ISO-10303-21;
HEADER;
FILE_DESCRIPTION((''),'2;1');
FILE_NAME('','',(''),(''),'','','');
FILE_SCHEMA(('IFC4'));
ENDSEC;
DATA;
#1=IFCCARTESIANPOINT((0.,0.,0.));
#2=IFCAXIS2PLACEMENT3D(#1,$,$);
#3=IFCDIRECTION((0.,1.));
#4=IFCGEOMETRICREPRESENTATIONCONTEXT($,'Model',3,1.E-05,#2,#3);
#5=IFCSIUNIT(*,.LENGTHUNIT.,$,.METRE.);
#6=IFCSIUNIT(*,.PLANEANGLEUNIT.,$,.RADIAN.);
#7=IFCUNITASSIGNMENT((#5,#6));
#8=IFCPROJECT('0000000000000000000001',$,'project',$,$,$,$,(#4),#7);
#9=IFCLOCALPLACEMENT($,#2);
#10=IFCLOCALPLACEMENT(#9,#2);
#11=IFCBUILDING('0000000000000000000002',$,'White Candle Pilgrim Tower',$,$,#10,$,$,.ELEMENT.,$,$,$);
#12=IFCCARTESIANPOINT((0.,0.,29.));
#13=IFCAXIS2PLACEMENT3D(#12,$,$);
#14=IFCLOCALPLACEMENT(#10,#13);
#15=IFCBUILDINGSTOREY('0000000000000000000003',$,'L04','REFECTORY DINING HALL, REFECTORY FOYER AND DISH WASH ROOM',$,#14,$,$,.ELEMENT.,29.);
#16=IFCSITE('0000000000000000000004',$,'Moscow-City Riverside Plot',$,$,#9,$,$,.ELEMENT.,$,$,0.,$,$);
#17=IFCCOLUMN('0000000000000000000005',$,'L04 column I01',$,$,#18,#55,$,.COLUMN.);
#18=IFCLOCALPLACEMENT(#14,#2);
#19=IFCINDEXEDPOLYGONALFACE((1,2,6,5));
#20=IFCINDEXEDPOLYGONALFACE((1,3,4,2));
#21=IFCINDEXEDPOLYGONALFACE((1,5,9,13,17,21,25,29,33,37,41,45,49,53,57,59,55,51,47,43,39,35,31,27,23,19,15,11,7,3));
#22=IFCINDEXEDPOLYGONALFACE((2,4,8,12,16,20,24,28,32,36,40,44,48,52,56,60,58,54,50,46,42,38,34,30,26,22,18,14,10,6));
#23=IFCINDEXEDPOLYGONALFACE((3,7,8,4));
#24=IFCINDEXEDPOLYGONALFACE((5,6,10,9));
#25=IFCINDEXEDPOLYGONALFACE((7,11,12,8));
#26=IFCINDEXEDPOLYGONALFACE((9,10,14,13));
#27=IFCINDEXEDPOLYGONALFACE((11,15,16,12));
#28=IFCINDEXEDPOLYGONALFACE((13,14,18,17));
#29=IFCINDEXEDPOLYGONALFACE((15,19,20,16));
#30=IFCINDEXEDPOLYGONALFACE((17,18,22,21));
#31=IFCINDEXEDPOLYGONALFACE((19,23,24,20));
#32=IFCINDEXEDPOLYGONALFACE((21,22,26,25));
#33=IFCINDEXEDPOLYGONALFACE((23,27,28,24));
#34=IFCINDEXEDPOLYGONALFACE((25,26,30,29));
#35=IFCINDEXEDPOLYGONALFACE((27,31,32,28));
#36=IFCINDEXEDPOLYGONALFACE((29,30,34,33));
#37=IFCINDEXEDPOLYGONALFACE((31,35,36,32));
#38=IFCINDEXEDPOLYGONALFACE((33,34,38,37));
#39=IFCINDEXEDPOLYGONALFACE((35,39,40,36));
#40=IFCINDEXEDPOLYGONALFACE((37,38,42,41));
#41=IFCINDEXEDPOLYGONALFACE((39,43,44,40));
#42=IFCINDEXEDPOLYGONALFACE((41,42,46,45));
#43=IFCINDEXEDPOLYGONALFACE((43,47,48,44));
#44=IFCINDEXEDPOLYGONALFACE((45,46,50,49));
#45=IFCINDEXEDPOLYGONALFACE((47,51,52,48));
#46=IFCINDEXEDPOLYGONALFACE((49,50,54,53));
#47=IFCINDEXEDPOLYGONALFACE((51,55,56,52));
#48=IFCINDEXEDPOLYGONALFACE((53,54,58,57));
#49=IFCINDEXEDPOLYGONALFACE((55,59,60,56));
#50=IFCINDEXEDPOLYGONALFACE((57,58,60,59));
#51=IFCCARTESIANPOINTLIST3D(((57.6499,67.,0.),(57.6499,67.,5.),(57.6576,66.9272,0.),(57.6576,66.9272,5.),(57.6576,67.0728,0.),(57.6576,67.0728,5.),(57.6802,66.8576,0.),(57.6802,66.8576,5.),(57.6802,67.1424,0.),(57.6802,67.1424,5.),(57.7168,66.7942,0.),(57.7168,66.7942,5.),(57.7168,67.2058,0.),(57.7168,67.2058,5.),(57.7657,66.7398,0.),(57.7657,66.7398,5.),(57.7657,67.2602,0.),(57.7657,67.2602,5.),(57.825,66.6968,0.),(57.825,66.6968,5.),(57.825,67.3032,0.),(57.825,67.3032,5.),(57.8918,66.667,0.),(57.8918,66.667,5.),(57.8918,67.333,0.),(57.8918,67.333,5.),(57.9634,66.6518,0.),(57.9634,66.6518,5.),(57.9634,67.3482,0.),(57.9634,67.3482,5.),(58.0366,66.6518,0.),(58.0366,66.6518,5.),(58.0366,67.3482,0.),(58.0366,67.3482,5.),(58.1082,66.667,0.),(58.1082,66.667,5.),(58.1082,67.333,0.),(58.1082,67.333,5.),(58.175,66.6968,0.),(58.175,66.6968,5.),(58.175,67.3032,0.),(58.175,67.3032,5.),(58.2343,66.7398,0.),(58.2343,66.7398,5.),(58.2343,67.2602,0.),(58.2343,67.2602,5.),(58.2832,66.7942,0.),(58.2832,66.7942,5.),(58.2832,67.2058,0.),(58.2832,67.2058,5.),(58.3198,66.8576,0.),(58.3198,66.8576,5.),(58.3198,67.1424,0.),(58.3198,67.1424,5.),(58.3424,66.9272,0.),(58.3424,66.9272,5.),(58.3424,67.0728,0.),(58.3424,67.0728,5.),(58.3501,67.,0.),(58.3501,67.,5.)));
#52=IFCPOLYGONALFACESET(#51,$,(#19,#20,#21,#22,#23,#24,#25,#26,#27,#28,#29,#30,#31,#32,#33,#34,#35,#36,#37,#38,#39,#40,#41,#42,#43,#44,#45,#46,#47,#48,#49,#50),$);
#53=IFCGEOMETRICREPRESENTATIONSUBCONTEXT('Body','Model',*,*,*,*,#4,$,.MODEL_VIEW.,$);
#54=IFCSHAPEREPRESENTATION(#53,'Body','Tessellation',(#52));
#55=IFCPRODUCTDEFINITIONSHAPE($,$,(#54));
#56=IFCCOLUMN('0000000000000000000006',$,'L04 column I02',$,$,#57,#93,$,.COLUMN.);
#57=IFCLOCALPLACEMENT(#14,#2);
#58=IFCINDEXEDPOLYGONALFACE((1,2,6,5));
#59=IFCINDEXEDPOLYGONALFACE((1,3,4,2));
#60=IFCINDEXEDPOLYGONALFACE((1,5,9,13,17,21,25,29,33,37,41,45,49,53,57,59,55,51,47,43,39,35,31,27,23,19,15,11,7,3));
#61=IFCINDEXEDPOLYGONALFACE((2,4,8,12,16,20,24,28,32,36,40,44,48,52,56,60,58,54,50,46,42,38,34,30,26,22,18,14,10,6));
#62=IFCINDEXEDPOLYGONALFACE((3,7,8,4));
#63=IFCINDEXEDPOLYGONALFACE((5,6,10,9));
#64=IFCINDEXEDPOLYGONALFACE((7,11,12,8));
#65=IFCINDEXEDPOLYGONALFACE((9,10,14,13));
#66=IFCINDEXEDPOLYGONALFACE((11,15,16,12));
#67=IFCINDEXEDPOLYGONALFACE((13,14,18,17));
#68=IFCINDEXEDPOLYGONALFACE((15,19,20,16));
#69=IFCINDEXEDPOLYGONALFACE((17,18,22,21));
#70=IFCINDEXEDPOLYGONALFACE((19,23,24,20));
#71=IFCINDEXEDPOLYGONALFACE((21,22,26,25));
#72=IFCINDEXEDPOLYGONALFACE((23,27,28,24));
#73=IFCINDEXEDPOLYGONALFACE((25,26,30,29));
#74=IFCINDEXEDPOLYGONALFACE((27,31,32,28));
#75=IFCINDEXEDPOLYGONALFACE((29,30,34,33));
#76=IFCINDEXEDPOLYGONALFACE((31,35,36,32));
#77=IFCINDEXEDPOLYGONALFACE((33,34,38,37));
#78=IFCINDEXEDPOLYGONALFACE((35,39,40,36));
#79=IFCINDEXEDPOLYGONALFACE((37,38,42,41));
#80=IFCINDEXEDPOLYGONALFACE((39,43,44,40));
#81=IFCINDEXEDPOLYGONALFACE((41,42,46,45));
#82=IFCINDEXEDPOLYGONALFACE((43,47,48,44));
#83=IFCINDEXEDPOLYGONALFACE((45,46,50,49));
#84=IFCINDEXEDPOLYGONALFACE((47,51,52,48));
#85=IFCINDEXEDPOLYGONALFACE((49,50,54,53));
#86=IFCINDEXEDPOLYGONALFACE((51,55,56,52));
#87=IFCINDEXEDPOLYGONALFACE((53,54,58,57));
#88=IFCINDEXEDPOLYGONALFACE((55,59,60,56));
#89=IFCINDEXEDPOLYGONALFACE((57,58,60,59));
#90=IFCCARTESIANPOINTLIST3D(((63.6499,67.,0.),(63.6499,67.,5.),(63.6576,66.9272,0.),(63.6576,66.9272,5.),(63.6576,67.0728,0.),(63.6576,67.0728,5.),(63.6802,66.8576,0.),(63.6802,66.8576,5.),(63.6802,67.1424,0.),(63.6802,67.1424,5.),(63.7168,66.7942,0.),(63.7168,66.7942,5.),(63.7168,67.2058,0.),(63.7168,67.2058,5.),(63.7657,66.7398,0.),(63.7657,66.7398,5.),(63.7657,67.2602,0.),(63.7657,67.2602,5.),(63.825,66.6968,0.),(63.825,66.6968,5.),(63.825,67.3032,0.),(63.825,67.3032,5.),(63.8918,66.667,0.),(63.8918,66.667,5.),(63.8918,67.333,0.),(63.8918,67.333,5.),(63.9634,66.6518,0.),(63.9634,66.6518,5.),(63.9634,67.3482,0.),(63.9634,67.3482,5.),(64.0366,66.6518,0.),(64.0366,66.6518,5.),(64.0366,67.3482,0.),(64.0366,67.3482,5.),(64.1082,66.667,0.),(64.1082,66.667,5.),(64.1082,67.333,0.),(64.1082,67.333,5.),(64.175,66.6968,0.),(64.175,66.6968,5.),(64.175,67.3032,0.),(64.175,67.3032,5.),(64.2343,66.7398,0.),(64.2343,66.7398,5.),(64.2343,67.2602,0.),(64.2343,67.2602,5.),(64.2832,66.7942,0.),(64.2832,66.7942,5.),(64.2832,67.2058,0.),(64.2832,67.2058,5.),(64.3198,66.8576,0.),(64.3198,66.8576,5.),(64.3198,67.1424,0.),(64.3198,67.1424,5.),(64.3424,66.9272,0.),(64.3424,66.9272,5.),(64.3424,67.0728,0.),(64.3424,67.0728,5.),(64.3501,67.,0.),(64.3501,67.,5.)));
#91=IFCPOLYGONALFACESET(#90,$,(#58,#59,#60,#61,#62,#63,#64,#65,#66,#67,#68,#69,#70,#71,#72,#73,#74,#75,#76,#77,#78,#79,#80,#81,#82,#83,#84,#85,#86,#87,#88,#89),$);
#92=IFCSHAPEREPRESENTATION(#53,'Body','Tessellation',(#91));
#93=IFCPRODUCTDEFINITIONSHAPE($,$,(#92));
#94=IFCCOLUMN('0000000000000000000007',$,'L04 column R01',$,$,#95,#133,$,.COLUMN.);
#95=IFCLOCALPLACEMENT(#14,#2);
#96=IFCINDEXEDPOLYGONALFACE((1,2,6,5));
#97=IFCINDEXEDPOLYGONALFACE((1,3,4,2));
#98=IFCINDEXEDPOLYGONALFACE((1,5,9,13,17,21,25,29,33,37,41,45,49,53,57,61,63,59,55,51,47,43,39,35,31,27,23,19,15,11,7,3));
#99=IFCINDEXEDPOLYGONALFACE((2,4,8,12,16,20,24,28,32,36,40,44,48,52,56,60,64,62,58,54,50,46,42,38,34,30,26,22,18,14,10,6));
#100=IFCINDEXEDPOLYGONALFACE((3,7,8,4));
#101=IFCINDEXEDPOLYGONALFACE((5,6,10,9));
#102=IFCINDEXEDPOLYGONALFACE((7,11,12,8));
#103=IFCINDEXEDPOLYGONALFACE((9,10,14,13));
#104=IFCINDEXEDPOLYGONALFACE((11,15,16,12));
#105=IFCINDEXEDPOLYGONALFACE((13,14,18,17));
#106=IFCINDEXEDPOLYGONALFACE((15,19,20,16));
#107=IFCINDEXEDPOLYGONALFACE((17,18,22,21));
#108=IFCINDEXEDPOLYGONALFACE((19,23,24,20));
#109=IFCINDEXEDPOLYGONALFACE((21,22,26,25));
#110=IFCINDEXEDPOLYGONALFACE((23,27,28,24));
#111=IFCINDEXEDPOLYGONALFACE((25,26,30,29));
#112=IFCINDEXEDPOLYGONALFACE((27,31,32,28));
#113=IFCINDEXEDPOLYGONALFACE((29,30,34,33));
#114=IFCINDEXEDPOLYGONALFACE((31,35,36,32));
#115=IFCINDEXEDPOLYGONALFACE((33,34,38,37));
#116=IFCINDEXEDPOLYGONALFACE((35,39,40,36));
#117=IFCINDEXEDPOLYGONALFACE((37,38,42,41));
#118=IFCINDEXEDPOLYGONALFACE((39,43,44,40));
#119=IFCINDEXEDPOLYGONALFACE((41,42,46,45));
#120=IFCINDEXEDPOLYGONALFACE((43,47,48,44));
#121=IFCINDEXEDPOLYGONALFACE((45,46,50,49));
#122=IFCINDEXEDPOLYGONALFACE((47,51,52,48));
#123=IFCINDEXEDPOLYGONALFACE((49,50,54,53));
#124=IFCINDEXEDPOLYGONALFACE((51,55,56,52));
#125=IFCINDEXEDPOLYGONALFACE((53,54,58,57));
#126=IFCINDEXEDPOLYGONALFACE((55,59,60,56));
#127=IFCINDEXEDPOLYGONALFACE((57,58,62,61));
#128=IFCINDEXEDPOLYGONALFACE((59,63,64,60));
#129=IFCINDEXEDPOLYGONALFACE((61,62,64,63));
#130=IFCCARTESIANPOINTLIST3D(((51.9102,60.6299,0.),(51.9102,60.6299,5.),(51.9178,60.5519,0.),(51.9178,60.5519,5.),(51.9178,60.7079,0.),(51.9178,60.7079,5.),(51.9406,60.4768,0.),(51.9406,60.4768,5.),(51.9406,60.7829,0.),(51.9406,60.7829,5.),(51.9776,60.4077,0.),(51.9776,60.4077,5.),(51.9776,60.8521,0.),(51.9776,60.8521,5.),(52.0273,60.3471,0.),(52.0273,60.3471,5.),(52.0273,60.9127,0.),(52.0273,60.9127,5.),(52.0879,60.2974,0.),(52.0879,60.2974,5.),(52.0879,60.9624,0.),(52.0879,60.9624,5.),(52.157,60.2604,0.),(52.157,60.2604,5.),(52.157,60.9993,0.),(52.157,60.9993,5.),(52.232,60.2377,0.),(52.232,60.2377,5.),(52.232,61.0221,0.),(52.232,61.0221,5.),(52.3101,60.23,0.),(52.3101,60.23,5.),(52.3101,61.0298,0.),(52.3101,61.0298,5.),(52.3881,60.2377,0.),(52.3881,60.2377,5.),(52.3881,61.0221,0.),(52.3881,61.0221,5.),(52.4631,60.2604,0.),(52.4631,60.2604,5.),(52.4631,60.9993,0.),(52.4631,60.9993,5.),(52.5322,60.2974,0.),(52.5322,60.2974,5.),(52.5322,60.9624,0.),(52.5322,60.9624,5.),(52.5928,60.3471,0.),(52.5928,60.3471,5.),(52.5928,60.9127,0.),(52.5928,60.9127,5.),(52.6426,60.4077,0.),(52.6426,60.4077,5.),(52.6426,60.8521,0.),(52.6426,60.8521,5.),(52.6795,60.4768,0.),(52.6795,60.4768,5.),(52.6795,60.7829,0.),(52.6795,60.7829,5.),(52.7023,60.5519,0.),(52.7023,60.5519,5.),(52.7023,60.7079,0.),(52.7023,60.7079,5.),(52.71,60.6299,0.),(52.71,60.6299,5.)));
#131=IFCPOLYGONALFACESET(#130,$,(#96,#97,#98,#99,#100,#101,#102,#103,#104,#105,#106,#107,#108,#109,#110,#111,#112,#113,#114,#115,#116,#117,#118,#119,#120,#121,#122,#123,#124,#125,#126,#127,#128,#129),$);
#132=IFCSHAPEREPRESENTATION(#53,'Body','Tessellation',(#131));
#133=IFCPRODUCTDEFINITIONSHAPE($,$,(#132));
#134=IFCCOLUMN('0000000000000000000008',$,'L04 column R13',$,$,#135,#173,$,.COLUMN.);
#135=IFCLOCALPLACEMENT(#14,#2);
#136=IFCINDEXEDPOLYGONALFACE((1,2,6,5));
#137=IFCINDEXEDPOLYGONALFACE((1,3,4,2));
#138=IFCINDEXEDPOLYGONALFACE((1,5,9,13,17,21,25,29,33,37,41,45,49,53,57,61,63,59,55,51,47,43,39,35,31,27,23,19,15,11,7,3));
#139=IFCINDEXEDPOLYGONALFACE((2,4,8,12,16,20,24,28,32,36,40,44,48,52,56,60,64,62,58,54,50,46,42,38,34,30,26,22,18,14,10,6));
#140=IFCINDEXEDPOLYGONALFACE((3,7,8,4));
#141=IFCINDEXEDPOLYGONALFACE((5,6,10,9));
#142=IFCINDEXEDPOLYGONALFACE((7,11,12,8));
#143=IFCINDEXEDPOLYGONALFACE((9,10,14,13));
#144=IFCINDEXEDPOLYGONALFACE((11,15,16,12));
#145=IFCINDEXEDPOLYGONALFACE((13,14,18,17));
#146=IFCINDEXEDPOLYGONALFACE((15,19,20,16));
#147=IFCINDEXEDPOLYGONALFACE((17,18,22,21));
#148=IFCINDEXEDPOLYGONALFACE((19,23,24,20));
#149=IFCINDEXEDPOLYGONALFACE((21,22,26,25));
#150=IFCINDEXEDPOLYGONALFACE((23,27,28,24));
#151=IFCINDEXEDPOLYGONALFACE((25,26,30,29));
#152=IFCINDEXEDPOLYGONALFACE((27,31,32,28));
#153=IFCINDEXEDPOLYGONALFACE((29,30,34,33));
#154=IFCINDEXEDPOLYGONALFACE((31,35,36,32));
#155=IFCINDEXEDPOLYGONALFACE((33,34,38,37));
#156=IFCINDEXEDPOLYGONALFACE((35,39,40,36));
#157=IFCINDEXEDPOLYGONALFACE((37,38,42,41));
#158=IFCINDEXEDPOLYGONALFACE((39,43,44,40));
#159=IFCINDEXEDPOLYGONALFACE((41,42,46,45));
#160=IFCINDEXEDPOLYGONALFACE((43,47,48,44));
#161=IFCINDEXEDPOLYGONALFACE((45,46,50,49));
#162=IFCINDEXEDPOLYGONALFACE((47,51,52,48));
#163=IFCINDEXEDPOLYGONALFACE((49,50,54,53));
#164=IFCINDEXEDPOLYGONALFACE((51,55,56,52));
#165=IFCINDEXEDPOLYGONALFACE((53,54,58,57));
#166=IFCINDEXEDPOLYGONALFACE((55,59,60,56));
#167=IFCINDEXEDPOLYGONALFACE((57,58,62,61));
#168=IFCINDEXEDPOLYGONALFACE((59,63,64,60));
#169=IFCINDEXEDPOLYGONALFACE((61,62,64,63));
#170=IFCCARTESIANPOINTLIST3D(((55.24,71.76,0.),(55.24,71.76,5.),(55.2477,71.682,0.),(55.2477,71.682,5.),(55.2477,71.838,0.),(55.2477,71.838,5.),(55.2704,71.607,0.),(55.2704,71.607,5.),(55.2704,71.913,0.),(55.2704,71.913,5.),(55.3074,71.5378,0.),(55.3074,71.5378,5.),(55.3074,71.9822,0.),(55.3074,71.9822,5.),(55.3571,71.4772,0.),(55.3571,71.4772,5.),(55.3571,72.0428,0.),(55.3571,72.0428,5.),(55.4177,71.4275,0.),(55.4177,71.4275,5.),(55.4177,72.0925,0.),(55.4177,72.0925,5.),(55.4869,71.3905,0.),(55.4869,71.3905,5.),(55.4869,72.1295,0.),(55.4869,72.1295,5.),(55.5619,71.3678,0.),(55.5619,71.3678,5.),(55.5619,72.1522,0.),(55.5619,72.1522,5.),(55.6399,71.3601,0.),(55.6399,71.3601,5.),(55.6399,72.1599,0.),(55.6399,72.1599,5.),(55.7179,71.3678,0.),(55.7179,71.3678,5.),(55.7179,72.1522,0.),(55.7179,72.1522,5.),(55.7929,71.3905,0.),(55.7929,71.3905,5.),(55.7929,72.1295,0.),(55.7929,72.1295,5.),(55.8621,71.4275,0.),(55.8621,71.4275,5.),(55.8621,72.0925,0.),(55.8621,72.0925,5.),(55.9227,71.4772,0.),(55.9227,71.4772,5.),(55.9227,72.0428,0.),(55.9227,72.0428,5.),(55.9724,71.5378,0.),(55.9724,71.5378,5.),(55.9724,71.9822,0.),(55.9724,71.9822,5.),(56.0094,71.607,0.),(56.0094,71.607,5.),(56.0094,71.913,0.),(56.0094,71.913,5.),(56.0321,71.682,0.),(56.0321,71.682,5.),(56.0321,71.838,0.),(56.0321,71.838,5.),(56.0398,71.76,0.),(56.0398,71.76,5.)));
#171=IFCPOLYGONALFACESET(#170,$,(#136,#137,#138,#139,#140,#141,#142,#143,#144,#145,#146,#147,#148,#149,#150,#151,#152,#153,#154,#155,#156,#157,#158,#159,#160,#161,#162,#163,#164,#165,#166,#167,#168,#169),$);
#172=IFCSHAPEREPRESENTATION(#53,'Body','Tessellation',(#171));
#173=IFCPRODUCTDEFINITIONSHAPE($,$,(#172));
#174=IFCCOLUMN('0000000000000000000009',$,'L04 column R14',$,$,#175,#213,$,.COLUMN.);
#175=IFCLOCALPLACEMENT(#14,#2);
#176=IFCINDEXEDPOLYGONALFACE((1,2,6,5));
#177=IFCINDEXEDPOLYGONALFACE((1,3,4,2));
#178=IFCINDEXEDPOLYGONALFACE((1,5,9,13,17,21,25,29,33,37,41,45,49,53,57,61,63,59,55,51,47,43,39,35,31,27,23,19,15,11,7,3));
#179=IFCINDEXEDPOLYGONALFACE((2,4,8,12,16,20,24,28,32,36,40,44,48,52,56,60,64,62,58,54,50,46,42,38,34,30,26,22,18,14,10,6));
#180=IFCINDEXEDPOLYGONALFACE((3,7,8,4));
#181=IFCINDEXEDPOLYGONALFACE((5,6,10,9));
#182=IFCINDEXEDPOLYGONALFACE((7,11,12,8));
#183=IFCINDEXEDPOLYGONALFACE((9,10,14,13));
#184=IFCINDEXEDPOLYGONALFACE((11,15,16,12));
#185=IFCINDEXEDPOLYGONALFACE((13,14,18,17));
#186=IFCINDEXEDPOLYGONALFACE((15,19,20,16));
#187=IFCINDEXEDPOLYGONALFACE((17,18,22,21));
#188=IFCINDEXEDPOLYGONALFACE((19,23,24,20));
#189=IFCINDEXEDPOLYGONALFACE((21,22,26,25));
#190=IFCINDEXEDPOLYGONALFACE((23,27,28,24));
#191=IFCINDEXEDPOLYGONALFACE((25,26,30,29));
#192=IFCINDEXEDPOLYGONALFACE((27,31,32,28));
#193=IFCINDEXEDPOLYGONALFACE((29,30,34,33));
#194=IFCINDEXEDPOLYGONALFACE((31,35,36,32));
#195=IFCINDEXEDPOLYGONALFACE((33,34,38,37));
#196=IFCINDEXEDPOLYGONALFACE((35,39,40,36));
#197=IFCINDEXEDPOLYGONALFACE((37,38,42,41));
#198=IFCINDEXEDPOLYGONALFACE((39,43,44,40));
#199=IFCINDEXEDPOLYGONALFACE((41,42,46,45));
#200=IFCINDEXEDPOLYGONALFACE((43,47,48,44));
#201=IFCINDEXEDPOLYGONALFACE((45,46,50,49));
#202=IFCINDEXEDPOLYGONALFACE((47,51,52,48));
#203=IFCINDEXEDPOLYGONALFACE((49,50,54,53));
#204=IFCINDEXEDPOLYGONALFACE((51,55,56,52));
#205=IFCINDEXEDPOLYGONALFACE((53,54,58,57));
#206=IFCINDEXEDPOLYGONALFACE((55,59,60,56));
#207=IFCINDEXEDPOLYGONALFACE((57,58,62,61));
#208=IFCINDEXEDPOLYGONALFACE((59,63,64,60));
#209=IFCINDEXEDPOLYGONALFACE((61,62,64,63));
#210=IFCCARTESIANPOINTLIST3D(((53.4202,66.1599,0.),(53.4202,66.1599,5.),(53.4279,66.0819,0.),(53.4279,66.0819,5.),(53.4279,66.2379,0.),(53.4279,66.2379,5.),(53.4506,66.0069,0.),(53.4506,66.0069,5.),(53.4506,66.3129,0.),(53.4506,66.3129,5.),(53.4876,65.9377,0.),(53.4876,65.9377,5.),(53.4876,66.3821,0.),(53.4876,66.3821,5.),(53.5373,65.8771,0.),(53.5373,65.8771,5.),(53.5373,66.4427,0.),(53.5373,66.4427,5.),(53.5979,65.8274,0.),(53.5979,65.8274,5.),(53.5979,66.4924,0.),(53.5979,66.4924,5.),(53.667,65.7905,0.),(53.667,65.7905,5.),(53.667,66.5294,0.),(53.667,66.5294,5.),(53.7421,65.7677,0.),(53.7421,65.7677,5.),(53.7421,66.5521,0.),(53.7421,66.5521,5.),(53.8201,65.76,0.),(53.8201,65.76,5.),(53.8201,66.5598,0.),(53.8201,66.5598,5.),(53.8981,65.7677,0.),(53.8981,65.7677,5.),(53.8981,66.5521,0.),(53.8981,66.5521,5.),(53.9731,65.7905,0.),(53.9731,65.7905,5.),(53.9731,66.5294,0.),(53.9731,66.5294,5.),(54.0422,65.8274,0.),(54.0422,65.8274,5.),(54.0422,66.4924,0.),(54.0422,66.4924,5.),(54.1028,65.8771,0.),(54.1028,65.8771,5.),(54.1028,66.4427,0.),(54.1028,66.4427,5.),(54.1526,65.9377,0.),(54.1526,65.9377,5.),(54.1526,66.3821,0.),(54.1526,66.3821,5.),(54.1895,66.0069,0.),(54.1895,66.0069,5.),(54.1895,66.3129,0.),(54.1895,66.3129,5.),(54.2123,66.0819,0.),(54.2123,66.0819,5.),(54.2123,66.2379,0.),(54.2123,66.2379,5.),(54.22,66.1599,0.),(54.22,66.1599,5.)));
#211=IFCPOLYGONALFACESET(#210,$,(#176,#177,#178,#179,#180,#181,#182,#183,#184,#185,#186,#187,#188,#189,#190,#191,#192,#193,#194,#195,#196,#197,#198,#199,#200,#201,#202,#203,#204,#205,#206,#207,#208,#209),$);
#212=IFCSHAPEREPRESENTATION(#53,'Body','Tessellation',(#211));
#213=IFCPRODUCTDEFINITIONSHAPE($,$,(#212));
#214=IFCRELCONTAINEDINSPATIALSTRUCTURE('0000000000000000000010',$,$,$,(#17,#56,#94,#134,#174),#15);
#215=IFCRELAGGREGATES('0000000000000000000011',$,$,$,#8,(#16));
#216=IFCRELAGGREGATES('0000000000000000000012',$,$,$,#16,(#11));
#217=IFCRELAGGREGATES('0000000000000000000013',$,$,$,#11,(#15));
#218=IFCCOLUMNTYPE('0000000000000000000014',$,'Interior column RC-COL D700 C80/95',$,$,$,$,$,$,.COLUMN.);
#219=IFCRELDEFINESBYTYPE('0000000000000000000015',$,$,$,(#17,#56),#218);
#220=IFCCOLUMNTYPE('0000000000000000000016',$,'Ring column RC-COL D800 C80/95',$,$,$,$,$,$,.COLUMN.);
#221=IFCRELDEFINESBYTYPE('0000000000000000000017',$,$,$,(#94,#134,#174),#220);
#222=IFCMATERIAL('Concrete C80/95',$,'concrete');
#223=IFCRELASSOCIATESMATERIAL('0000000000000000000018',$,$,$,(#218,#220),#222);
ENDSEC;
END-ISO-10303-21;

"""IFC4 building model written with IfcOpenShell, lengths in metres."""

from ifc_helpers import new_model, si_unit, direction, frame, origin, origin_2d, place, context, subcontext, project, spatial, circle, extrude, material, material_profile, profile_set, type_object, element, save


model = new_model("IFC4")

# Units and contexts
model_context = context("Model", 3, precision=1e-05, world=origin(), true_north=direction((0.0, 1.0)))
body_context = subcontext(model_context, "Body", "Model", "MODEL_VIEW")
ifc_project = project(units=[si_unit("LENGTHUNIT", "METRE"), si_unit("PLANEANGLEUNIT", "RADIAN")], contexts=[model_context])

# Site, building, storey
site_placement = place(None, origin())
site = spatial("IfcSite", under=ifc_project, at=site_placement, Name="Moscow-City Riverside Plot", CompositionType="ELEMENT", RefElevation=0.0)
building_placement = place(site_placement, origin())
building = spatial("IfcBuilding", under=site, at=building_placement, Name="White Candle Pilgrim Tower", CompositionType="ELEMENT")
storey_placement = place(building_placement, frame((0.0, 0.0, 29.0)))
storey = spatial("IfcBuildingStorey", under=building, at=storey_placement, Name="L04", Description="REFECTORY DINING HALL, REFECTORY FOYER AND DISH WASH ROOM", CompositionType="ELEMENT", Elevation=29.0)

# Columns
ifc_material_1 = material(Name="Concrete C80/95", Category="concrete")
ifc_material_profile_1 = material_profile(ifc_material_1, circle(Radius=0.3501, at=origin_2d()), Name="RC-COL D700")
ifc_profile_set_1 = profile_set([ifc_material_profile_1], Name="Concrete C80/95")
column_type_1 = type_object("IfcColumnType", Name="Interior column RC-COL D700 C80/95", PredefinedType="COLUMN", material=ifc_profile_set_1)
for number, where, z_axis, x_axis, name in (
    (1, (58.0, 67.0, 0.0), (0.0, 0.0, 1.0), (1.0, 0.0, 0.0), "L04 column I01"),
    (2, (64.0, 67.0, 0.0), (0.0, 0.0, 1.0), (1.0, 0.0, 0.0), "L04 column I02"),
):
    element("IfcColumn", number, at=place(storey_placement, frame(where, z_axis=z_axis, x_axis=x_axis)), inside=storey, type_object=column_type_1, Name=name, PredefinedType="COLUMN", context=body_context, shape_type="SweptSolid", body=[
        extrude(circle(Radius=0.3501, at=origin_2d()), origin(), (0.0, 0.0, 1.0), 5.0),
    ])
ifc_material_profile_2 = material_profile(ifc_material_1, circle(Radius=0.3999, at=origin_2d()), Name="RC-COL D800")
ifc_profile_set_2 = profile_set([ifc_material_profile_2], Name="Concrete C80/95")
column_type_2 = type_object("IfcColumnType", Name="Ring column RC-COL D800 C80/95", PredefinedType="COLUMN", material=ifc_profile_set_2)
for number, where, z_axis, x_axis, name in (
    (3, (52.3101, 60.6299, 0.0), (0.0, 0.0, 1.0), (1.0, 0.0, 0.0), "L04 column R01"),
    (4, (55.6399, 71.76, 0.0), (0.0, 0.0, 1.0), (1.0, 0.0, 0.0), "L04 column R13"),
    (5, (53.8201, 66.1599, 0.0), (0.0, 0.0, 1.0), (1.0, 0.0, 0.0), "L04 column R14"),
):
    element("IfcColumn", number, at=place(storey_placement, frame(where, z_axis=z_axis, x_axis=x_axis)), inside=storey, type_object=column_type_2, Name=name, PredefinedType="COLUMN", context=body_context, shape_type="SweptSolid", body=[
        extrude(circle(Radius=0.3999, at=origin_2d()), origin(), (0.0, 0.0, 1.0), 5.0),
    ])

save(model, "model.ifc")
